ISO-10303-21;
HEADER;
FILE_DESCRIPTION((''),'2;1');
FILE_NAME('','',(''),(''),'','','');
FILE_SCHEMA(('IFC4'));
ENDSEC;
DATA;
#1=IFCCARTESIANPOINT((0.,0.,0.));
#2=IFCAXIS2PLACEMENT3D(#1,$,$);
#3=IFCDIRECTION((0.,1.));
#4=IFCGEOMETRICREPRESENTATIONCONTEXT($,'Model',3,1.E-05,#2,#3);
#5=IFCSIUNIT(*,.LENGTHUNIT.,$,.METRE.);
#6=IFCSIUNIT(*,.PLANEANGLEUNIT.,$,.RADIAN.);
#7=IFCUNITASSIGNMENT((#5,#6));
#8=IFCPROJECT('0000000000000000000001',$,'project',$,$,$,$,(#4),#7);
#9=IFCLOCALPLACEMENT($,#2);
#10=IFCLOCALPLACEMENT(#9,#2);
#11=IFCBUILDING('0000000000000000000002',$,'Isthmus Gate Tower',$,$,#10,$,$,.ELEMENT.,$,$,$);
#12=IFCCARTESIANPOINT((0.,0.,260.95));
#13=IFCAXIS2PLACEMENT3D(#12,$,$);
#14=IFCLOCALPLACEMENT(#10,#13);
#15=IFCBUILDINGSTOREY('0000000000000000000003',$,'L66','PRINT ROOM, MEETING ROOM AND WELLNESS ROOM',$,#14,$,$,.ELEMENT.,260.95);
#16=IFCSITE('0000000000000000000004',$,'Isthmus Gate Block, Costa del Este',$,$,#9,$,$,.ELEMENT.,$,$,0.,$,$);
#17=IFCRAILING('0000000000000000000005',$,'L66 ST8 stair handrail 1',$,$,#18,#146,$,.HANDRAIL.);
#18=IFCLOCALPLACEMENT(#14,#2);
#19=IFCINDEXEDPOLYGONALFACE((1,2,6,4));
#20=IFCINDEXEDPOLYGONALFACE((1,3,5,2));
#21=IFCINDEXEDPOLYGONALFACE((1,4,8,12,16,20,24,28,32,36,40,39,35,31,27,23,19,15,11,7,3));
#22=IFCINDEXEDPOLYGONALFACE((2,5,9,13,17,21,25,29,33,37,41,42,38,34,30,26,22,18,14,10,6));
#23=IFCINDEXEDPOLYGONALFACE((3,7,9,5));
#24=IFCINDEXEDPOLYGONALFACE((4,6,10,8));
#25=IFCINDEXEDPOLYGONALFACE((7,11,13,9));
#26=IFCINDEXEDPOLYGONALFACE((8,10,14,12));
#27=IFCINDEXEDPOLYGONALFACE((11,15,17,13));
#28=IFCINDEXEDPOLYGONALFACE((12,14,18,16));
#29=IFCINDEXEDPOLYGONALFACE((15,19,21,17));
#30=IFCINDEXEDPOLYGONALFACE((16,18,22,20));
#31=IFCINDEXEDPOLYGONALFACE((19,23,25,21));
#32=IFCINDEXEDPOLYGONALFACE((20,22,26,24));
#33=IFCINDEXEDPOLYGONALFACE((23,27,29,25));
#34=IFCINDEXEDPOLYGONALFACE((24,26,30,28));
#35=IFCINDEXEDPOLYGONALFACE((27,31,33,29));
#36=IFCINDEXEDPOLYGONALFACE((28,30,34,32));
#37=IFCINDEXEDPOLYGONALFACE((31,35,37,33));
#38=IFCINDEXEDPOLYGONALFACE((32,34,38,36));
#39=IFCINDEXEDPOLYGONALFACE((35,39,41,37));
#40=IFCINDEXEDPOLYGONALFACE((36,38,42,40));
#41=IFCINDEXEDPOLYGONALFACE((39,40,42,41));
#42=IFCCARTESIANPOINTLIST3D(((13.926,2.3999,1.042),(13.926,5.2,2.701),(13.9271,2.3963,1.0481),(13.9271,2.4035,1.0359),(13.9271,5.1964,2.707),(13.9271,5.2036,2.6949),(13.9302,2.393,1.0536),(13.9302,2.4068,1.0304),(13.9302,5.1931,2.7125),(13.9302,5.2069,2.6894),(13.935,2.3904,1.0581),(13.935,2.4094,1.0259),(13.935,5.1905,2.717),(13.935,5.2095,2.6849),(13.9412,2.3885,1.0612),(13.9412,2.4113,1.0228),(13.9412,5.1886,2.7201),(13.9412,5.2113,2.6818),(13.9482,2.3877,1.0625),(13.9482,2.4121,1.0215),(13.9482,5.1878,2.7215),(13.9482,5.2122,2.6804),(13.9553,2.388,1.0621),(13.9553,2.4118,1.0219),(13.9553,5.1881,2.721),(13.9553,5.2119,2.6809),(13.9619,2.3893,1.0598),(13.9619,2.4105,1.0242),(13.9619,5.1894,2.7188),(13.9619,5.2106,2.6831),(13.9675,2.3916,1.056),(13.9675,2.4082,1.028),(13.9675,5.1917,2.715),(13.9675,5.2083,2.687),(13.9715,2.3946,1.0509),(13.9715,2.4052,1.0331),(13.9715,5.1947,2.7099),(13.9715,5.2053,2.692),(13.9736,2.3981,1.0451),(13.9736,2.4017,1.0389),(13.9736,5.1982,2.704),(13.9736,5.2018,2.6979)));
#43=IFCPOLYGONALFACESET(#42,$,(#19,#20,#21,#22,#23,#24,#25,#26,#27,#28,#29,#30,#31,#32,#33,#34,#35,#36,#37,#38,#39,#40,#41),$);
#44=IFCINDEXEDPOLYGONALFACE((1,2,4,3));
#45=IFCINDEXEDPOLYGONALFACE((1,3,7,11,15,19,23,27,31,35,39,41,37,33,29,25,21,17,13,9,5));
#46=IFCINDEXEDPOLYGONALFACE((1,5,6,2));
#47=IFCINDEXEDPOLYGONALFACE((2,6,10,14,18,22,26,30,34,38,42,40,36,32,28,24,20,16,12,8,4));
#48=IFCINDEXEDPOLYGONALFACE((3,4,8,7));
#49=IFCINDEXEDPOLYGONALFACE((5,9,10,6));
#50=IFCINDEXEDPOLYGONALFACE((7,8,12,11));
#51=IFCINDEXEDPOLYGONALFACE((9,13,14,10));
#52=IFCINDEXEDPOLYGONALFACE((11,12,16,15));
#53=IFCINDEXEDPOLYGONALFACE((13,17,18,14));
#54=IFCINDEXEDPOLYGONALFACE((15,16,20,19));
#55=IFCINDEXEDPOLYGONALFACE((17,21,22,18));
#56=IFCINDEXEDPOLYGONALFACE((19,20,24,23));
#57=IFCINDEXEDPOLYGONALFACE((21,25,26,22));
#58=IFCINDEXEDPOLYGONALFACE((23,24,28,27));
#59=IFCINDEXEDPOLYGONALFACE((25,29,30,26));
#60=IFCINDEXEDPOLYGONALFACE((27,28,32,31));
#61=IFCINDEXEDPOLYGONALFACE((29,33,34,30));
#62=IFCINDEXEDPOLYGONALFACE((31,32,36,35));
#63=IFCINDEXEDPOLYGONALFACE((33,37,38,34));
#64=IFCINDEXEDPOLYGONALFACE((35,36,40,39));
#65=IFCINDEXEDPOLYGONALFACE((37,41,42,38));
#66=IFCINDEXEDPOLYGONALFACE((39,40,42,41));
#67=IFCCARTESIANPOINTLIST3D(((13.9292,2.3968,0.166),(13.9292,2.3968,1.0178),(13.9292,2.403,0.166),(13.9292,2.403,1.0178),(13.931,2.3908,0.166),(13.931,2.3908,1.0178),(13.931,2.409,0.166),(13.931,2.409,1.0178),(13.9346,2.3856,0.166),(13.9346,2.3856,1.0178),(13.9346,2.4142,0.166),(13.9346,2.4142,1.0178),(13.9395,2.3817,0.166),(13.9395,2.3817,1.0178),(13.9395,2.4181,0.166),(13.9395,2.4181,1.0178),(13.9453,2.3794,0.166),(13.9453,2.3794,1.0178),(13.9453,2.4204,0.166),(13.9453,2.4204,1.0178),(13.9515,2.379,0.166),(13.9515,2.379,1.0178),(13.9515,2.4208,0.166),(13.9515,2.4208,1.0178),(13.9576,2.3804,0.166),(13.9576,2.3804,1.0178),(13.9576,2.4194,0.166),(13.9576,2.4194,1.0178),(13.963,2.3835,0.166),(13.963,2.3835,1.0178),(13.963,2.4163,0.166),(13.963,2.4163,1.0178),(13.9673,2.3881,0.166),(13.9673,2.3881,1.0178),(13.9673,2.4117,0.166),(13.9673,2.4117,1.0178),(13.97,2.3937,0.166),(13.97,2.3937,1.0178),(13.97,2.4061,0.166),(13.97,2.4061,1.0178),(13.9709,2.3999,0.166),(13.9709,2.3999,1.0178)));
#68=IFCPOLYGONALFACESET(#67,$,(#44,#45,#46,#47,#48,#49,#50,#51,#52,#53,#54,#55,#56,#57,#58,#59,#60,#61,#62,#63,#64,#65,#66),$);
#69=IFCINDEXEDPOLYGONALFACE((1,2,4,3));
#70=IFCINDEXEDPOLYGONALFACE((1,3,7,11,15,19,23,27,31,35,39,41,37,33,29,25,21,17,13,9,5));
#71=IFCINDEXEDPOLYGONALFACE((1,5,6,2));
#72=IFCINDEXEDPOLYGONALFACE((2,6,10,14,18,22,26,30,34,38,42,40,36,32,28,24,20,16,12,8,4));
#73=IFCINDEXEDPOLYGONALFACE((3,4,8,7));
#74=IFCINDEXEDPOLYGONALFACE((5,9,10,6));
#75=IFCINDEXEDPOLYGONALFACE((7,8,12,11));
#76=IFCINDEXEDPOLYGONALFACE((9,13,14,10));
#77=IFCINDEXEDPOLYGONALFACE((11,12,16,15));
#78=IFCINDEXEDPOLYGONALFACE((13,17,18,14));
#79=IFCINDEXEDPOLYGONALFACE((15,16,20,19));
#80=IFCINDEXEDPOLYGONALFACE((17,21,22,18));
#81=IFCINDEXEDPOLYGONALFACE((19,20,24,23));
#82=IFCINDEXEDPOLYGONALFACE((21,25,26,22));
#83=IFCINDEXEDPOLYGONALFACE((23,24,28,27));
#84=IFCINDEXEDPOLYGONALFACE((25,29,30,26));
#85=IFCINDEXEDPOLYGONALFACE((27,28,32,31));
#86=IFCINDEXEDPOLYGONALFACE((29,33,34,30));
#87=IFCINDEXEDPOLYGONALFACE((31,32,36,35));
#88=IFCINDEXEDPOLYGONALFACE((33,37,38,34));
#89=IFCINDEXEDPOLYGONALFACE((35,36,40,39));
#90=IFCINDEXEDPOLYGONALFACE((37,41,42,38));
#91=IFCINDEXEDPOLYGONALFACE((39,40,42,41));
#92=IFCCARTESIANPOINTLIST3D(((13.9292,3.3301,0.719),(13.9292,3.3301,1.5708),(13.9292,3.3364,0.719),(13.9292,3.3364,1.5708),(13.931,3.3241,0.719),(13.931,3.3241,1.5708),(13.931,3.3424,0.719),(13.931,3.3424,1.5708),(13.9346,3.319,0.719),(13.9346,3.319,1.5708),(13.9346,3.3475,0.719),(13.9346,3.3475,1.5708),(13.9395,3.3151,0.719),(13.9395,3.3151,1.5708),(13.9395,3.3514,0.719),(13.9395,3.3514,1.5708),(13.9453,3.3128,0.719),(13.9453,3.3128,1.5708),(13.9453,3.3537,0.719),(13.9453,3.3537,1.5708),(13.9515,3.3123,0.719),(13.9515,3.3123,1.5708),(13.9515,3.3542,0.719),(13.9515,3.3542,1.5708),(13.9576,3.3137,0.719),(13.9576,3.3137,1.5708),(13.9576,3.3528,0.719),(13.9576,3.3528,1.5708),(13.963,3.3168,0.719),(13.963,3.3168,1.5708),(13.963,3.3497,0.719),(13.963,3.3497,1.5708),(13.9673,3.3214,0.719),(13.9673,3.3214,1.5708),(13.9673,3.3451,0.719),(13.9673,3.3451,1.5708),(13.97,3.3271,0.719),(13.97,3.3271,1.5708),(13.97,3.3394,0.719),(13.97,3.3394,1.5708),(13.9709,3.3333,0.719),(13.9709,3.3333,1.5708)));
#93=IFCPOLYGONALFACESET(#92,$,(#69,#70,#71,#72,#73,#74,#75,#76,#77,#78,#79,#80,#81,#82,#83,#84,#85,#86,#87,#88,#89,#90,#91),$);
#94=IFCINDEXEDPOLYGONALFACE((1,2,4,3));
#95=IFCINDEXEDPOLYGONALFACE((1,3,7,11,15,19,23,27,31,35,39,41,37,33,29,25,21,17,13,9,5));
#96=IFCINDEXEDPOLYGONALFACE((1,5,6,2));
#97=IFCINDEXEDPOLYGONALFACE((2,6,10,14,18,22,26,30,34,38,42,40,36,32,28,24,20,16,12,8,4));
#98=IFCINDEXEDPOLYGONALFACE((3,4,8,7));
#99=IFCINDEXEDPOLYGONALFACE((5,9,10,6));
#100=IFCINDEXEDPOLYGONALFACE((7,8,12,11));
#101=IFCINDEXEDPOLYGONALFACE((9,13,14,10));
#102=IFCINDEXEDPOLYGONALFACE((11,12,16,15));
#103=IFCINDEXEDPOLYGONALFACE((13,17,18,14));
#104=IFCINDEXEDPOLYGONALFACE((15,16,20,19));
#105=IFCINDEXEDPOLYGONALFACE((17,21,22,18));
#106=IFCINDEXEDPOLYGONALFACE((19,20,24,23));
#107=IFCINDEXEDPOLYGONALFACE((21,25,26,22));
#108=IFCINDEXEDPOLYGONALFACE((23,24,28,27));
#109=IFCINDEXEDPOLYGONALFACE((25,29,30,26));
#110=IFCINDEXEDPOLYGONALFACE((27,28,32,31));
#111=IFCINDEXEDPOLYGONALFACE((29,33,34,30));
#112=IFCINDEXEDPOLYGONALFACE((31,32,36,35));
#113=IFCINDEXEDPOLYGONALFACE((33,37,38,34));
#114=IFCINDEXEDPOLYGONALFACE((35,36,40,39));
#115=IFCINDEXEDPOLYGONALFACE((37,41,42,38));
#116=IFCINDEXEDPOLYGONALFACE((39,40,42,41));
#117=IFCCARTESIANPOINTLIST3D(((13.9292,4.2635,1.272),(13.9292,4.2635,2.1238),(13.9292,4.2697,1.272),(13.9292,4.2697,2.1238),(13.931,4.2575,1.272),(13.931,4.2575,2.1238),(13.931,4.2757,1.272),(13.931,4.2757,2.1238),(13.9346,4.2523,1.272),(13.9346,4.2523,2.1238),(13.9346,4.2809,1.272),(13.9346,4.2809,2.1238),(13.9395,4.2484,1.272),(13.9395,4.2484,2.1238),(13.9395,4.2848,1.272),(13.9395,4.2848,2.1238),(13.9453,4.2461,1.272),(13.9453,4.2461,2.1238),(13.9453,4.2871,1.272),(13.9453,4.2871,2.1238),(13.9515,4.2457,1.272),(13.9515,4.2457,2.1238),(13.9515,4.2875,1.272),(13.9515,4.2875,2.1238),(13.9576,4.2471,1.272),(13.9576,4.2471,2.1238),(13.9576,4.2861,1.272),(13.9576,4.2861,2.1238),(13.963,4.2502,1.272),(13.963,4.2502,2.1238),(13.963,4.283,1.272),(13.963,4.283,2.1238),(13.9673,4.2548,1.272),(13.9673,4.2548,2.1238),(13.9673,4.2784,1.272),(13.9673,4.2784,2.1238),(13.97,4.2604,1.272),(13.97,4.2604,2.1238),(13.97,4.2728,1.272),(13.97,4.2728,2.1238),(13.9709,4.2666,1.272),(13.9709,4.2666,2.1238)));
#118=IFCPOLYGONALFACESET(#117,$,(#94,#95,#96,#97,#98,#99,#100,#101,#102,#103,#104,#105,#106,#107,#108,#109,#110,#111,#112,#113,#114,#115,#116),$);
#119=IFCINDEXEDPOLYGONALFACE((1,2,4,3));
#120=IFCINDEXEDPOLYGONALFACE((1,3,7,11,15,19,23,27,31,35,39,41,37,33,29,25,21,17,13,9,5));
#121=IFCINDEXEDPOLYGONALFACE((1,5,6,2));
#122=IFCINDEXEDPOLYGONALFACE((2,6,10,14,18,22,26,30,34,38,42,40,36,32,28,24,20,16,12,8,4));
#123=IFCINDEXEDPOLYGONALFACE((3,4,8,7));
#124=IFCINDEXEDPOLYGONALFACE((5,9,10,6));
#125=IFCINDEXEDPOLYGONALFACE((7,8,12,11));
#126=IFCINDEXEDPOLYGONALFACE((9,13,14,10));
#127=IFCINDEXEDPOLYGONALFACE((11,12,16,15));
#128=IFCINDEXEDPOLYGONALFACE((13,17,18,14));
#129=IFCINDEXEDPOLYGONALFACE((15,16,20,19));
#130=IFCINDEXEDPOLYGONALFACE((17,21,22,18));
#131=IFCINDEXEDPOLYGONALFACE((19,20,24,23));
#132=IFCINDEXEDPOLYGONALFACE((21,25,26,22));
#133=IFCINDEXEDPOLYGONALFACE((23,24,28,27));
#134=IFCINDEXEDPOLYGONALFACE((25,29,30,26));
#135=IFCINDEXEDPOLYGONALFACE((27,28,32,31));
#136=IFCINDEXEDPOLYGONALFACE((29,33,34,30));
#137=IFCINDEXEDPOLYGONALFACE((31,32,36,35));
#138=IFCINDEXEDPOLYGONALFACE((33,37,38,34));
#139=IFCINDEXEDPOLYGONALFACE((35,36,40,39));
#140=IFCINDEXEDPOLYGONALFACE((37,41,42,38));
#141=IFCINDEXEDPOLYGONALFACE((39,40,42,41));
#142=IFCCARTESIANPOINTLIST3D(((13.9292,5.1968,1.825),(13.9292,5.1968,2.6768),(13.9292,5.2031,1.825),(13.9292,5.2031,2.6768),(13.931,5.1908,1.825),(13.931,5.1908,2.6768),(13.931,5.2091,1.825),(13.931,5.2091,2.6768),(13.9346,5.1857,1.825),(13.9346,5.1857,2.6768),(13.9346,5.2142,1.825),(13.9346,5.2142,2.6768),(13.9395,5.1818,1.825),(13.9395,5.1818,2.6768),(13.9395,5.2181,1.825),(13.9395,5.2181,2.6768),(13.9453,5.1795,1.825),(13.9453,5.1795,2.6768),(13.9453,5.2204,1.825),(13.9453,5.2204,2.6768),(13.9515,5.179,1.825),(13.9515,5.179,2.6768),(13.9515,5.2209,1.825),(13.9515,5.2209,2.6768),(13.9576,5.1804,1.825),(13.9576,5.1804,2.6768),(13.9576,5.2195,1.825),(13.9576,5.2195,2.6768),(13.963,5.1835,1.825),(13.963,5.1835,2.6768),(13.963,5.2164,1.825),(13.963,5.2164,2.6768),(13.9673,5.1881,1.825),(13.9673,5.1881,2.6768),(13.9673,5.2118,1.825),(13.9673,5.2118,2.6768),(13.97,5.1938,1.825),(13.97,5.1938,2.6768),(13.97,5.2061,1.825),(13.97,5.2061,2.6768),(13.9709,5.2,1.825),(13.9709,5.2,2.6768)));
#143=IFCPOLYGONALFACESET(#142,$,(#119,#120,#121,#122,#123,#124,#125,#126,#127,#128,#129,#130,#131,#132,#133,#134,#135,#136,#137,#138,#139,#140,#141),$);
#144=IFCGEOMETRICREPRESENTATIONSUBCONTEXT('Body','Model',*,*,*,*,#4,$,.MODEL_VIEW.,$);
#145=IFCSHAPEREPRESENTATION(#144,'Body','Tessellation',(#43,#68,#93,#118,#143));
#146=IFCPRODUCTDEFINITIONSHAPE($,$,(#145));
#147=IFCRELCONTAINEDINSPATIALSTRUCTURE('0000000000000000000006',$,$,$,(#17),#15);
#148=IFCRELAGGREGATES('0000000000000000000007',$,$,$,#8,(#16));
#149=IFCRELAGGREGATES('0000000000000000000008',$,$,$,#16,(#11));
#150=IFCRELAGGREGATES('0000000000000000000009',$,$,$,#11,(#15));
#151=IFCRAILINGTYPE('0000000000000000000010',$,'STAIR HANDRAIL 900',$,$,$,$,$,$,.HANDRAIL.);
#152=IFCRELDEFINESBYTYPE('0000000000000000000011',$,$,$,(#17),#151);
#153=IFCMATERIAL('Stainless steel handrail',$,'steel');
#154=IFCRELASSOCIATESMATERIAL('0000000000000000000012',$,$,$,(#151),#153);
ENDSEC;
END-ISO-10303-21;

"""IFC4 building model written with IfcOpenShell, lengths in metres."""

from ifc_helpers import new_model, si_unit, direction, frame, origin, origin_2d, place, context, subcontext, project, spatial, circle, extrude, material, type_object, element, save


model = new_model("IFC4")

# Units and contexts
model_context = context("Model", 3, precision=1e-05, world=origin(), true_north=direction((0.0, 1.0)))
body_context = subcontext(model_context, "Body", "Model", "MODEL_VIEW")
ifc_project = project(units=[si_unit("LENGTHUNIT", "METRE"), si_unit("PLANEANGLEUNIT", "RADIAN")], contexts=[model_context])

# Site, building, storey
site_placement = place(None, origin())
site = spatial("IfcSite", under=ifc_project, at=site_placement, Name="Isthmus Gate Block, Costa del Este", CompositionType="ELEMENT", RefElevation=0.0)
building_placement = place(site_placement, origin())
building = spatial("IfcBuilding", under=site, at=building_placement, Name="Isthmus Gate Tower", CompositionType="ELEMENT")
storey_placement = place(building_placement, frame((0.0, 0.0, 260.95)))
storey = spatial("IfcBuildingStorey", under=building, at=storey_placement, Name="L66", Description="PRINT ROOM, MEETING ROOM AND WELLNESS ROOM", CompositionType="ELEMENT", Elevation=260.95)

# Railing
ifc_material_1 = material(Name="Stainless steel handrail", Category="steel")
railing_type_1 = type_object("IfcRailingType", Name="STAIR HANDRAIL 900", PredefinedType="HANDRAIL", material=ifc_material_1)
railing_1_placement = place(storey_placement, frame((13.95, 2.3999, 0.166)))
element("IfcRailing", 1, at=railing_1_placement, inside=storey, type_object=railing_type_1, Name="L66 ST8 stair handrail 1", PredefinedType="HANDRAIL", context=body_context, shape_type="SweptSolid", body=[
    extrude(circle(Radius=0.0239, at=origin_2d()), frame((0.0, 0.0, 0.876), z_axis=(0.0, 0.860339, 0.509722), x_axis=(-1.0, 0.0, 0.0)), (0.0, 0.0, 1.0), 3.2546),
    extrude(circle(Radius=0.021, at=origin_2d()), origin(), (0.0, 0.0, 1.0), 0.8518),
    extrude(circle(Radius=0.021, at=origin_2d()), frame((0.0, 0.9333, 0.553)), (0.0, 0.0, 1.0), 0.8518),
    extrude(circle(Radius=0.021, at=origin_2d()), frame((0.0, 1.8667, 1.106)), (0.0, 0.0, 1.0), 0.8518),
    extrude(circle(Radius=0.021, at=origin_2d()), frame((0.0, 2.8, 1.6589)), (0.0, 0.0, 1.0), 0.8518),
])

save(model, "model.ifc")
